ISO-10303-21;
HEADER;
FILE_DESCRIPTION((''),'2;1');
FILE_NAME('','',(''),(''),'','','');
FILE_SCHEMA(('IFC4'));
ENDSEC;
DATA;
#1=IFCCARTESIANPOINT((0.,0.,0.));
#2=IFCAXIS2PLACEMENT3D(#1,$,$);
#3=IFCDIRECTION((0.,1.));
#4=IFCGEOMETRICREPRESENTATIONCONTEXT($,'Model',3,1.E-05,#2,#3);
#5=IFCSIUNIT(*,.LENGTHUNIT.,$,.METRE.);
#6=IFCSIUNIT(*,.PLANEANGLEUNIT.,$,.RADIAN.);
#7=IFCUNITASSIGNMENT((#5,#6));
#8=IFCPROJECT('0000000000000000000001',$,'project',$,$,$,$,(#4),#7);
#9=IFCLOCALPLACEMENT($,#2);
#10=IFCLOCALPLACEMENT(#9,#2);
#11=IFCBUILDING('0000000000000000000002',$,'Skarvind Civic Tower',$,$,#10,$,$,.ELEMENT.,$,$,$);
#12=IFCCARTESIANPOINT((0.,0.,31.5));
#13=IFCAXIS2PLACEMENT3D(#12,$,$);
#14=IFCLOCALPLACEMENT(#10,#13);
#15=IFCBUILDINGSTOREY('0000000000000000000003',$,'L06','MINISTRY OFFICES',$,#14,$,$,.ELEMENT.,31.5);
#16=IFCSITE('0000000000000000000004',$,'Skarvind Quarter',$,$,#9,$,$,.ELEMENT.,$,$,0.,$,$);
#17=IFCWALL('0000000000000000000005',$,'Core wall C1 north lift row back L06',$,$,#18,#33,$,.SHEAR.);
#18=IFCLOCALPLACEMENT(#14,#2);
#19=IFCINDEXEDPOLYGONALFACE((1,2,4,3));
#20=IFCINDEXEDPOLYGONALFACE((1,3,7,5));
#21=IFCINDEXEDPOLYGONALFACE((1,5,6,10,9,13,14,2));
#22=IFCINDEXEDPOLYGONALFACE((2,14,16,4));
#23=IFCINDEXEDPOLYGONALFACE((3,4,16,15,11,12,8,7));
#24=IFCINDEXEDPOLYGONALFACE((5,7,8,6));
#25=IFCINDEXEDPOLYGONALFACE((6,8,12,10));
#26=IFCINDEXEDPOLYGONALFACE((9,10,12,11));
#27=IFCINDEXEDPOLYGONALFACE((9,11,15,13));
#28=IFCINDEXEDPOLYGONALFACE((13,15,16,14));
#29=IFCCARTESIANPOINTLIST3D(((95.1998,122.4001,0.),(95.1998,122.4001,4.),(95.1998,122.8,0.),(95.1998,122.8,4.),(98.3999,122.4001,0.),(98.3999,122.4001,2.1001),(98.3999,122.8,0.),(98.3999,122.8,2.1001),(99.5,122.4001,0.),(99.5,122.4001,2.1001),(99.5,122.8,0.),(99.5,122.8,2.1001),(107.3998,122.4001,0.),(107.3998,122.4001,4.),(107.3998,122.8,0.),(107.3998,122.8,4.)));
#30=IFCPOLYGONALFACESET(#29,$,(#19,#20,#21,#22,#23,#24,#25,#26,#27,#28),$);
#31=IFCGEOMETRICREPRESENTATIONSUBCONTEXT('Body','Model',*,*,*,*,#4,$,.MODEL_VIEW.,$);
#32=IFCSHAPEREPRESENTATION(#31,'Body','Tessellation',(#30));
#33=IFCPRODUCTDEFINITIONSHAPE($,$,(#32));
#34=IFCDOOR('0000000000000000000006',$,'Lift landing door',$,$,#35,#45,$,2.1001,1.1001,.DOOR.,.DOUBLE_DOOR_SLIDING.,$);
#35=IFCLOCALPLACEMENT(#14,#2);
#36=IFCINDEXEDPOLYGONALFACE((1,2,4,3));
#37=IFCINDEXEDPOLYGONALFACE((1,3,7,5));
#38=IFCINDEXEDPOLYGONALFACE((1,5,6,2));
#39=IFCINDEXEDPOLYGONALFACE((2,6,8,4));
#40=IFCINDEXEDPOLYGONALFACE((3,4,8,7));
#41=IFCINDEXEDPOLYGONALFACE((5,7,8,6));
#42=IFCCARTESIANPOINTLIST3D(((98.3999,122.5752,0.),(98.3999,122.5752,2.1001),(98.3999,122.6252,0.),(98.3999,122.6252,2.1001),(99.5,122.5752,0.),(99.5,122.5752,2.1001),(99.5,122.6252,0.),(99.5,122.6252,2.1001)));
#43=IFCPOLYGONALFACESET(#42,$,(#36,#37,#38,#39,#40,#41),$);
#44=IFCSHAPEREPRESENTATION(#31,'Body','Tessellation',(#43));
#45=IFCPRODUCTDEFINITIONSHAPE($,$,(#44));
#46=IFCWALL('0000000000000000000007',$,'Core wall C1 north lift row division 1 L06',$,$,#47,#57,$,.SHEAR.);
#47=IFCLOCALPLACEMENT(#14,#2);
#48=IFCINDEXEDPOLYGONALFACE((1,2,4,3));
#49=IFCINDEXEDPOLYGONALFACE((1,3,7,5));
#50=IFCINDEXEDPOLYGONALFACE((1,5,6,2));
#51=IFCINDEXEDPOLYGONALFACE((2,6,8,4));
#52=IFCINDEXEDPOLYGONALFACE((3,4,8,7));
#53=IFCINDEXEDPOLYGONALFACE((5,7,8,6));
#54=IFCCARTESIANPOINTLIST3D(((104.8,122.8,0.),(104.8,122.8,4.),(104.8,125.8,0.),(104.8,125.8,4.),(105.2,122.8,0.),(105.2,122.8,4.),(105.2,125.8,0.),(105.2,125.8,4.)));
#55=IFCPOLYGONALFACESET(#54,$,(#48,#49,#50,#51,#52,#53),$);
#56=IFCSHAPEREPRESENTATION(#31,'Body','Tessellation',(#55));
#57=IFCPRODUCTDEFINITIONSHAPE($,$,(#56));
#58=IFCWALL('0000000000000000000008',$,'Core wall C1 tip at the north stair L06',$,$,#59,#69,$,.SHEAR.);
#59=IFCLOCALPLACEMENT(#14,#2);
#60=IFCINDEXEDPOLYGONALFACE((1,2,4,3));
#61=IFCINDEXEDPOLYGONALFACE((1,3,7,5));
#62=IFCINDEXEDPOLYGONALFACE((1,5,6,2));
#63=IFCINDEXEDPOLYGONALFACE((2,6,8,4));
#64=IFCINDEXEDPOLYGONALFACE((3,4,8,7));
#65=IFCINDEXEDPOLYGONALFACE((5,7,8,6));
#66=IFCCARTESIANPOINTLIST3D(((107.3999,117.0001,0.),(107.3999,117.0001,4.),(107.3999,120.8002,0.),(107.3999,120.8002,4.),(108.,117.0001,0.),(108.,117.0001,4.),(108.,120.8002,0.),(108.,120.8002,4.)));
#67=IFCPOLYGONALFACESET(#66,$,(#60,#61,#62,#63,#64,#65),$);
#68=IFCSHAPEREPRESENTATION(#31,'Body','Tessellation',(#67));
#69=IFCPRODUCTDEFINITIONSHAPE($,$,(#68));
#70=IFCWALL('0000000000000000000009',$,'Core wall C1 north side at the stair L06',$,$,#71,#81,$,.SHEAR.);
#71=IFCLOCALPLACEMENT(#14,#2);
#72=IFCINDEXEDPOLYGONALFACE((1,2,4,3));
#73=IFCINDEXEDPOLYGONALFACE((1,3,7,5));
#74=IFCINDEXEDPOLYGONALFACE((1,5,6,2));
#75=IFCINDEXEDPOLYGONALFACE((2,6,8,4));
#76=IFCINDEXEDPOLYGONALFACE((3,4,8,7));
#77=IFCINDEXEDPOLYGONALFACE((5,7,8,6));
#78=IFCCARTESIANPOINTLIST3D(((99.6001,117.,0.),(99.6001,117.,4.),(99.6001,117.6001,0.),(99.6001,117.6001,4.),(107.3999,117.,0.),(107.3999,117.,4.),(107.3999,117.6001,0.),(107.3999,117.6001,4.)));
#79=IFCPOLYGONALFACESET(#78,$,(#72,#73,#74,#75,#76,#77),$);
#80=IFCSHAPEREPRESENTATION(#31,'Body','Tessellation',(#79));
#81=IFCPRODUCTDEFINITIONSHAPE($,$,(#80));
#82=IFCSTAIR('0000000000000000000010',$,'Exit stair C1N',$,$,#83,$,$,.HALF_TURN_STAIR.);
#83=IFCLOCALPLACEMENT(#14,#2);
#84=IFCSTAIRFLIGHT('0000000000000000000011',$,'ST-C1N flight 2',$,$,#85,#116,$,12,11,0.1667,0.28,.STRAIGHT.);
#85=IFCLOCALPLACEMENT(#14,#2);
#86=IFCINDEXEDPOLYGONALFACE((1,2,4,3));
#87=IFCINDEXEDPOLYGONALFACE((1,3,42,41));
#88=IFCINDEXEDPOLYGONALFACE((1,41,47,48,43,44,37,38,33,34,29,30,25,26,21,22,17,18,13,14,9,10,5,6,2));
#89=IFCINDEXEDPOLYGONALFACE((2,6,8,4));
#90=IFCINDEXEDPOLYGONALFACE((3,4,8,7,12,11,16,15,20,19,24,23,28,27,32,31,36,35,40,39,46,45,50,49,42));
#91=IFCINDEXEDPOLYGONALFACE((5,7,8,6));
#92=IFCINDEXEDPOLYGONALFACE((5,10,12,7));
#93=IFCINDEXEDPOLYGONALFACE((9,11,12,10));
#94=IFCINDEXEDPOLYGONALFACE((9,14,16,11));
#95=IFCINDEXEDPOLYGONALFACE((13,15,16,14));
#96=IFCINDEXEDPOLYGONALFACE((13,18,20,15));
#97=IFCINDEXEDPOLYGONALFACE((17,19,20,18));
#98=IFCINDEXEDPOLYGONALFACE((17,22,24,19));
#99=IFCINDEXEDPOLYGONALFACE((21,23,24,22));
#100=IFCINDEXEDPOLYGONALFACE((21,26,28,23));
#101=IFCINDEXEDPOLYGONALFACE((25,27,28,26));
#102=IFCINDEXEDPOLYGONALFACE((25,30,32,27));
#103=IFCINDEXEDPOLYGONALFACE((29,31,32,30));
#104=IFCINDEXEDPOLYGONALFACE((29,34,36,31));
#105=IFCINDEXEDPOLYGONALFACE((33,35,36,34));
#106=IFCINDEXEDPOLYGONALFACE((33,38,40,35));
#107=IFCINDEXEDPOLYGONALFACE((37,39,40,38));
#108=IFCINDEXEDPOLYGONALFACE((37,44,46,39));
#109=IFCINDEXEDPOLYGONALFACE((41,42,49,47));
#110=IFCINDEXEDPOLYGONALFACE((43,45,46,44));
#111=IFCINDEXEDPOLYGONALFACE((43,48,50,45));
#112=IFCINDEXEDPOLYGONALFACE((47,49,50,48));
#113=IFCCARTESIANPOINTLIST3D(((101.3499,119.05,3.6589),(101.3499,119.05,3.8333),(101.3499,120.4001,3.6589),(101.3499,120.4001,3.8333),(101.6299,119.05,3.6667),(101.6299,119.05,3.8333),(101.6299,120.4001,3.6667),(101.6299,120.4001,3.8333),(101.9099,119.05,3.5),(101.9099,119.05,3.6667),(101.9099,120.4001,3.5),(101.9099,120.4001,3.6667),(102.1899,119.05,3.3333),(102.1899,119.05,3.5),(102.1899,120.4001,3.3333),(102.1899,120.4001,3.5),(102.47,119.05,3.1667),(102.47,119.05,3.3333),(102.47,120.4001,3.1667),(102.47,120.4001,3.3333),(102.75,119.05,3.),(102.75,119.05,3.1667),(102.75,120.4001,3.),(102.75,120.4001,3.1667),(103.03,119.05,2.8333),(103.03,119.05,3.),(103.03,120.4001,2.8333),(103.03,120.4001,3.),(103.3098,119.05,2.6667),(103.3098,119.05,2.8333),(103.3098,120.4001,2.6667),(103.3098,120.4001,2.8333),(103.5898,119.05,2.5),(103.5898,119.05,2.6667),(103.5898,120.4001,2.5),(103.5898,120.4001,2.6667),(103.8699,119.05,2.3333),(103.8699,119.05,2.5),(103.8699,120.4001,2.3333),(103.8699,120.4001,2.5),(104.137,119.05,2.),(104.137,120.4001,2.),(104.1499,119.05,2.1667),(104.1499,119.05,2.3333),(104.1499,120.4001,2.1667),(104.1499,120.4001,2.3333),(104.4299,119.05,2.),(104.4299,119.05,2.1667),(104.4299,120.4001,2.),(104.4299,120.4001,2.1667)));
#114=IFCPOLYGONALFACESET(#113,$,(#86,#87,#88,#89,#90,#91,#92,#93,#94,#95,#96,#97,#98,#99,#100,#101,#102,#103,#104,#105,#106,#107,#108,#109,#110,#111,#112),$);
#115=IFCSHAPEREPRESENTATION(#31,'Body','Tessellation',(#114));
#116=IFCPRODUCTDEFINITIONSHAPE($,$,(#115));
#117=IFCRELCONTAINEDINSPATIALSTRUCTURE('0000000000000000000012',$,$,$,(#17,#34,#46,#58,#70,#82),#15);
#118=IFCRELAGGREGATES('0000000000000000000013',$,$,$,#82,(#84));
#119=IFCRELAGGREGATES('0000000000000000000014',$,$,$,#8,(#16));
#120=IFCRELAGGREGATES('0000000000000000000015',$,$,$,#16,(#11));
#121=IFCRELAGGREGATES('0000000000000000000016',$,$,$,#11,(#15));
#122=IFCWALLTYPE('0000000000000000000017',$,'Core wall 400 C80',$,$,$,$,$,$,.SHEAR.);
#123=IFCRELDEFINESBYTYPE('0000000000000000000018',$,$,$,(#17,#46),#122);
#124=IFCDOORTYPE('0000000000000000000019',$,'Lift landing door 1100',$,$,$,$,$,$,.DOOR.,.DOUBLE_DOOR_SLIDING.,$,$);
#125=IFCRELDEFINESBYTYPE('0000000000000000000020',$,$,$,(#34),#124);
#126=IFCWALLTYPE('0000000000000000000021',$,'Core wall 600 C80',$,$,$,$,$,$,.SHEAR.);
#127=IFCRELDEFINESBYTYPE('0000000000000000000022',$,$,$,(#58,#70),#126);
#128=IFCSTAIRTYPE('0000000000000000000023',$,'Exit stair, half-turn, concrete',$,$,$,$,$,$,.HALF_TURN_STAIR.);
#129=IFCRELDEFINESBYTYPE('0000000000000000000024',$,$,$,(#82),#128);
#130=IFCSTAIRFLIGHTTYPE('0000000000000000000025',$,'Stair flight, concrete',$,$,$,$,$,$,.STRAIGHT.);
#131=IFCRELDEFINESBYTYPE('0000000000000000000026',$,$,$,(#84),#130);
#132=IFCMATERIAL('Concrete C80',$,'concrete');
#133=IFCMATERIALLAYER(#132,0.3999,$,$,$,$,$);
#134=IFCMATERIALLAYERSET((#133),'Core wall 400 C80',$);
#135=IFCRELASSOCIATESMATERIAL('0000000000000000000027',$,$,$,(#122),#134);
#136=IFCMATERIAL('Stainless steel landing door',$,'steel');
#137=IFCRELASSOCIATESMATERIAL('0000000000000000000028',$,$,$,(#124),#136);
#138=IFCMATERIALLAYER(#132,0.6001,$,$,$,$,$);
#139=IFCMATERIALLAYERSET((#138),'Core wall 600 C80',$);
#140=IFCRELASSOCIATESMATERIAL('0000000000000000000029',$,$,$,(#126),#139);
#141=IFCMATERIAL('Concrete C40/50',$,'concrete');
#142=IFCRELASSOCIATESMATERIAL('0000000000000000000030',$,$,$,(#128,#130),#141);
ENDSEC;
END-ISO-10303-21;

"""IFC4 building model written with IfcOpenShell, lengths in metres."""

from ifc_helpers import new_model, si_unit, direction, frame, frame_2d, origin, place, context, subcontext, project, spatial, polyline, rectangle, outline, extrude, material, layer, layer_set, type_object, element, fill, aggregate, save


model = new_model("IFC4")

# Units and contexts
model_context = context("Model", 3, precision=1e-05, world=origin(), true_north=direction((0.0, 1.0)))
body_context = subcontext(model_context, "Body", "Model", "MODEL_VIEW")
ifc_project = project(units=[si_unit("LENGTHUNIT", "METRE"), si_unit("PLANEANGLEUNIT", "RADIAN")], contexts=[model_context])

# Site, building, storey
site_placement = place(None, origin())
site = spatial("IfcSite", under=ifc_project, at=site_placement, Name="Skarvind Quarter", CompositionType="ELEMENT", RefElevation=0.0)
building_placement = place(site_placement, origin())
building = spatial("IfcBuilding", under=site, at=building_placement, Name="Skarvind Civic Tower", CompositionType="ELEMENT")
storey_placement = place(building_placement, frame((0.0, 0.0, 31.5)))
storey = spatial("IfcBuildingStorey", under=building, at=storey_placement, Name="L06", Description="MINISTRY OFFICES", CompositionType="ELEMENT", Elevation=31.5)

# Shared definitions
ifc_material_1 = material(Name="Concrete C80", Category="concrete")
ifc_layer_1 = layer(ifc_material_1, 0.3999)
ifc_layer_set_1 = layer_set([ifc_layer_1], Name="Core wall 400 C80")
wall_type_1 = type_object("IfcWallType", Name="Core wall 400 C80", PredefinedType="SHEAR", material=ifc_layer_set_1)

# Shared definitions
ifc_material_2 = material(Name="Stainless steel landing door", Category="steel")
door_type_1 = type_object("IfcDoorType", Name="Lift landing door 1100", OperationType="DOUBLE_DOOR_SLIDING", PredefinedType="DOOR", material=ifc_material_2)

# Wall, opening, door
wall_1_placement = place(storey_placement, frame((107.3999, 122.6001, 0.0), z_axis=(0.0, 0.0, 1.0), x_axis=(-1.0, 0.0, 0.0)))
wall_1 = element("IfcWall", 1, at=wall_1_placement, inside=storey, type_object=wall_type_1, Name="Core wall C1 north lift row back L06", PredefinedType="SHEAR", context=body_context, shape_type="SweptSolid", body=[
    extrude(rectangle(XDim=12.2, YDim=0.3999, at=frame_2d((6.1001, 0.0))), origin(), (0.0, 0.0, 1.0), 4.0),
])
opening_1_placement = place(wall_1_placement, frame((7.8999, 0.0, 0.0)))
opening_1 = element("IfcOpeningElement", 2, at=opening_1_placement, cuts=wall_1, PredefinedType="OPENING", context=body_context, shape_type="SweptSolid", body=[
    extrude(rectangle(XDim=1.1001, YDim=2.1001, at=frame_2d((0.55, 1.05))), frame((0.0, 0.21, 0.0), z_axis=(0.0, -1.0, 0.0), x_axis=(1.0, 0.0, 0.0)), (0.0, 0.0, 1.0), 0.4199),
])
door_1_placement = place(opening_1_placement, origin())
door_1 = element("IfcDoor", 3, at=door_1_placement, inside=storey, type_object=door_type_1, Name="Lift landing door", OperationType="DOUBLE_DOOR_SLIDING", OverallHeight=2.1001, OverallWidth=1.1001, PredefinedType="DOOR", context=body_context, shape_type="SweptSolid", body=[
    extrude(rectangle(XDim=1.1001, YDim=2.1001, at=frame_2d((0.55, 1.05))), frame((0.0, 0.0249, 0.0), z_axis=(0.0, -1.0, 0.0), x_axis=(1.0, 0.0, 0.0)), (0.0, 0.0, 1.0), 0.05),
])
fill(opening_1, door_1)

# Walls
wall_2_placement = place(storey_placement, frame((105.0, 125.8, 0.0), z_axis=(0.0, 0.0, 1.0), x_axis=(0.0, -1.0, 0.0)))
element("IfcWall", 4, at=wall_2_placement, inside=storey, type_object=wall_type_1, Name="Core wall C1 north lift row division 1 L06", PredefinedType="SHEAR", context=body_context, shape_type="SweptSolid", body=[
    extrude(rectangle(XDim=3.0, YDim=0.3999, at=frame_2d((1.5, 0.0))), origin(), (0.0, 0.0, 1.0), 4.0),
])
ifc_layer_2 = layer(ifc_material_1, 0.6001)
ifc_layer_set_2 = layer_set([ifc_layer_2], Name="Core wall 600 C80")
wall_type_2 = type_object("IfcWallType", Name="Core wall 600 C80", PredefinedType="SHEAR", material=ifc_layer_set_2)
wall_3_placement = place(storey_placement, frame((107.7, 120.8, 0.0), z_axis=(0.0, 0.0, 1.0), x_axis=(0.0, -1.0, 0.0)))
element("IfcWall", 5, at=wall_3_placement, inside=storey, type_object=wall_type_2, Name="Core wall C1 tip at the north stair L06", PredefinedType="SHEAR", context=body_context, shape_type="SweptSolid", body=[
    extrude(rectangle(XDim=3.8, YDim=0.6001, at=frame_2d((1.8999, 0.0))), origin(), (0.0, 0.0, 1.0), 4.0),
])
wall_4_placement = place(storey_placement, frame((107.3999, 117.3, 0.0), z_axis=(0.0, 0.0, 1.0), x_axis=(-1.0, 0.0, 0.0)))
element("IfcWall", 6, at=wall_4_placement, inside=storey, type_object=wall_type_2, Name="Core wall C1 north side at the stair L06", PredefinedType="SHEAR", context=body_context, shape_type="SweptSolid", body=[
    extrude(rectangle(XDim=7.7998, YDim=0.6001, at=frame_2d((3.8999, 0.0))), origin(), (0.0, 0.0, 1.0), 4.0),
])

# Stair, stair flight
ifc_material_3 = material(Name="Concrete C40/50", Category="concrete")
stair_type = type_object("IfcStairType", Name="Exit stair, half-turn, concrete", PredefinedType="HALF_TURN_STAIR", material=ifc_material_3)
stair_placement = place(storey_placement, origin())
stair = element("IfcStair", 7, at=stair_placement, inside=storey, type_object=stair_type, Name="Exit stair C1N", PredefinedType="HALF_TURN_STAIR")
stair_flight_type = type_object("IfcStairFlightType", Name="Stair flight, concrete", PredefinedType="STRAIGHT", material=ifc_material_3)
stair_flight_placement = place(storey_placement, frame((104.4299, 119.7251, 2.0), z_axis=(0.0, 0.0, 1.0), x_axis=(-1.0, 0.0, 0.0)))
stair_flight = element("IfcStairFlight", 8, at=stair_flight_placement, type_object=stair_flight_type, Name="ST-C1N flight 2", NumberOfRisers=12, NumberOfTreads=11, PredefinedType="STRAIGHT", RiserHeight=0.1667, TreadLength=0.28, context=body_context, shape_type="SweptSolid", body=[
    extrude(outline(polyline([(0.0, 0.0), (0.0, 0.1667), (0.28, 0.1667), (0.28, 0.3333), (0.5601, 0.3333), (0.5601, 0.5), (0.8401, 0.5), (0.8401, 0.6667), (1.1201, 0.6667), (1.1201, 0.8333), (1.3999, 0.8333), (1.3999, 1.0), (1.6799, 1.0), (1.6799, 1.1667), (1.96, 1.1667), (1.96, 1.3333), (2.24, 1.3333), (2.24, 1.5), (2.52, 1.5), (2.52, 1.6667), (2.8, 1.6667), (2.8, 1.8333), (3.0801, 1.8333), (3.0801, 2.0), (3.0801, 1.6589), (0.293, 0.0), (0.0, 0.0)])), frame((0.0, 0.675, 0.0), z_axis=(0.0, -1.0, 0.0), x_axis=(1.0, 0.0, 0.0)), (0.0, 0.0, 1.0), 1.3501),
])
aggregate(stair, [stair_flight])

save(model, "model.ifc")
